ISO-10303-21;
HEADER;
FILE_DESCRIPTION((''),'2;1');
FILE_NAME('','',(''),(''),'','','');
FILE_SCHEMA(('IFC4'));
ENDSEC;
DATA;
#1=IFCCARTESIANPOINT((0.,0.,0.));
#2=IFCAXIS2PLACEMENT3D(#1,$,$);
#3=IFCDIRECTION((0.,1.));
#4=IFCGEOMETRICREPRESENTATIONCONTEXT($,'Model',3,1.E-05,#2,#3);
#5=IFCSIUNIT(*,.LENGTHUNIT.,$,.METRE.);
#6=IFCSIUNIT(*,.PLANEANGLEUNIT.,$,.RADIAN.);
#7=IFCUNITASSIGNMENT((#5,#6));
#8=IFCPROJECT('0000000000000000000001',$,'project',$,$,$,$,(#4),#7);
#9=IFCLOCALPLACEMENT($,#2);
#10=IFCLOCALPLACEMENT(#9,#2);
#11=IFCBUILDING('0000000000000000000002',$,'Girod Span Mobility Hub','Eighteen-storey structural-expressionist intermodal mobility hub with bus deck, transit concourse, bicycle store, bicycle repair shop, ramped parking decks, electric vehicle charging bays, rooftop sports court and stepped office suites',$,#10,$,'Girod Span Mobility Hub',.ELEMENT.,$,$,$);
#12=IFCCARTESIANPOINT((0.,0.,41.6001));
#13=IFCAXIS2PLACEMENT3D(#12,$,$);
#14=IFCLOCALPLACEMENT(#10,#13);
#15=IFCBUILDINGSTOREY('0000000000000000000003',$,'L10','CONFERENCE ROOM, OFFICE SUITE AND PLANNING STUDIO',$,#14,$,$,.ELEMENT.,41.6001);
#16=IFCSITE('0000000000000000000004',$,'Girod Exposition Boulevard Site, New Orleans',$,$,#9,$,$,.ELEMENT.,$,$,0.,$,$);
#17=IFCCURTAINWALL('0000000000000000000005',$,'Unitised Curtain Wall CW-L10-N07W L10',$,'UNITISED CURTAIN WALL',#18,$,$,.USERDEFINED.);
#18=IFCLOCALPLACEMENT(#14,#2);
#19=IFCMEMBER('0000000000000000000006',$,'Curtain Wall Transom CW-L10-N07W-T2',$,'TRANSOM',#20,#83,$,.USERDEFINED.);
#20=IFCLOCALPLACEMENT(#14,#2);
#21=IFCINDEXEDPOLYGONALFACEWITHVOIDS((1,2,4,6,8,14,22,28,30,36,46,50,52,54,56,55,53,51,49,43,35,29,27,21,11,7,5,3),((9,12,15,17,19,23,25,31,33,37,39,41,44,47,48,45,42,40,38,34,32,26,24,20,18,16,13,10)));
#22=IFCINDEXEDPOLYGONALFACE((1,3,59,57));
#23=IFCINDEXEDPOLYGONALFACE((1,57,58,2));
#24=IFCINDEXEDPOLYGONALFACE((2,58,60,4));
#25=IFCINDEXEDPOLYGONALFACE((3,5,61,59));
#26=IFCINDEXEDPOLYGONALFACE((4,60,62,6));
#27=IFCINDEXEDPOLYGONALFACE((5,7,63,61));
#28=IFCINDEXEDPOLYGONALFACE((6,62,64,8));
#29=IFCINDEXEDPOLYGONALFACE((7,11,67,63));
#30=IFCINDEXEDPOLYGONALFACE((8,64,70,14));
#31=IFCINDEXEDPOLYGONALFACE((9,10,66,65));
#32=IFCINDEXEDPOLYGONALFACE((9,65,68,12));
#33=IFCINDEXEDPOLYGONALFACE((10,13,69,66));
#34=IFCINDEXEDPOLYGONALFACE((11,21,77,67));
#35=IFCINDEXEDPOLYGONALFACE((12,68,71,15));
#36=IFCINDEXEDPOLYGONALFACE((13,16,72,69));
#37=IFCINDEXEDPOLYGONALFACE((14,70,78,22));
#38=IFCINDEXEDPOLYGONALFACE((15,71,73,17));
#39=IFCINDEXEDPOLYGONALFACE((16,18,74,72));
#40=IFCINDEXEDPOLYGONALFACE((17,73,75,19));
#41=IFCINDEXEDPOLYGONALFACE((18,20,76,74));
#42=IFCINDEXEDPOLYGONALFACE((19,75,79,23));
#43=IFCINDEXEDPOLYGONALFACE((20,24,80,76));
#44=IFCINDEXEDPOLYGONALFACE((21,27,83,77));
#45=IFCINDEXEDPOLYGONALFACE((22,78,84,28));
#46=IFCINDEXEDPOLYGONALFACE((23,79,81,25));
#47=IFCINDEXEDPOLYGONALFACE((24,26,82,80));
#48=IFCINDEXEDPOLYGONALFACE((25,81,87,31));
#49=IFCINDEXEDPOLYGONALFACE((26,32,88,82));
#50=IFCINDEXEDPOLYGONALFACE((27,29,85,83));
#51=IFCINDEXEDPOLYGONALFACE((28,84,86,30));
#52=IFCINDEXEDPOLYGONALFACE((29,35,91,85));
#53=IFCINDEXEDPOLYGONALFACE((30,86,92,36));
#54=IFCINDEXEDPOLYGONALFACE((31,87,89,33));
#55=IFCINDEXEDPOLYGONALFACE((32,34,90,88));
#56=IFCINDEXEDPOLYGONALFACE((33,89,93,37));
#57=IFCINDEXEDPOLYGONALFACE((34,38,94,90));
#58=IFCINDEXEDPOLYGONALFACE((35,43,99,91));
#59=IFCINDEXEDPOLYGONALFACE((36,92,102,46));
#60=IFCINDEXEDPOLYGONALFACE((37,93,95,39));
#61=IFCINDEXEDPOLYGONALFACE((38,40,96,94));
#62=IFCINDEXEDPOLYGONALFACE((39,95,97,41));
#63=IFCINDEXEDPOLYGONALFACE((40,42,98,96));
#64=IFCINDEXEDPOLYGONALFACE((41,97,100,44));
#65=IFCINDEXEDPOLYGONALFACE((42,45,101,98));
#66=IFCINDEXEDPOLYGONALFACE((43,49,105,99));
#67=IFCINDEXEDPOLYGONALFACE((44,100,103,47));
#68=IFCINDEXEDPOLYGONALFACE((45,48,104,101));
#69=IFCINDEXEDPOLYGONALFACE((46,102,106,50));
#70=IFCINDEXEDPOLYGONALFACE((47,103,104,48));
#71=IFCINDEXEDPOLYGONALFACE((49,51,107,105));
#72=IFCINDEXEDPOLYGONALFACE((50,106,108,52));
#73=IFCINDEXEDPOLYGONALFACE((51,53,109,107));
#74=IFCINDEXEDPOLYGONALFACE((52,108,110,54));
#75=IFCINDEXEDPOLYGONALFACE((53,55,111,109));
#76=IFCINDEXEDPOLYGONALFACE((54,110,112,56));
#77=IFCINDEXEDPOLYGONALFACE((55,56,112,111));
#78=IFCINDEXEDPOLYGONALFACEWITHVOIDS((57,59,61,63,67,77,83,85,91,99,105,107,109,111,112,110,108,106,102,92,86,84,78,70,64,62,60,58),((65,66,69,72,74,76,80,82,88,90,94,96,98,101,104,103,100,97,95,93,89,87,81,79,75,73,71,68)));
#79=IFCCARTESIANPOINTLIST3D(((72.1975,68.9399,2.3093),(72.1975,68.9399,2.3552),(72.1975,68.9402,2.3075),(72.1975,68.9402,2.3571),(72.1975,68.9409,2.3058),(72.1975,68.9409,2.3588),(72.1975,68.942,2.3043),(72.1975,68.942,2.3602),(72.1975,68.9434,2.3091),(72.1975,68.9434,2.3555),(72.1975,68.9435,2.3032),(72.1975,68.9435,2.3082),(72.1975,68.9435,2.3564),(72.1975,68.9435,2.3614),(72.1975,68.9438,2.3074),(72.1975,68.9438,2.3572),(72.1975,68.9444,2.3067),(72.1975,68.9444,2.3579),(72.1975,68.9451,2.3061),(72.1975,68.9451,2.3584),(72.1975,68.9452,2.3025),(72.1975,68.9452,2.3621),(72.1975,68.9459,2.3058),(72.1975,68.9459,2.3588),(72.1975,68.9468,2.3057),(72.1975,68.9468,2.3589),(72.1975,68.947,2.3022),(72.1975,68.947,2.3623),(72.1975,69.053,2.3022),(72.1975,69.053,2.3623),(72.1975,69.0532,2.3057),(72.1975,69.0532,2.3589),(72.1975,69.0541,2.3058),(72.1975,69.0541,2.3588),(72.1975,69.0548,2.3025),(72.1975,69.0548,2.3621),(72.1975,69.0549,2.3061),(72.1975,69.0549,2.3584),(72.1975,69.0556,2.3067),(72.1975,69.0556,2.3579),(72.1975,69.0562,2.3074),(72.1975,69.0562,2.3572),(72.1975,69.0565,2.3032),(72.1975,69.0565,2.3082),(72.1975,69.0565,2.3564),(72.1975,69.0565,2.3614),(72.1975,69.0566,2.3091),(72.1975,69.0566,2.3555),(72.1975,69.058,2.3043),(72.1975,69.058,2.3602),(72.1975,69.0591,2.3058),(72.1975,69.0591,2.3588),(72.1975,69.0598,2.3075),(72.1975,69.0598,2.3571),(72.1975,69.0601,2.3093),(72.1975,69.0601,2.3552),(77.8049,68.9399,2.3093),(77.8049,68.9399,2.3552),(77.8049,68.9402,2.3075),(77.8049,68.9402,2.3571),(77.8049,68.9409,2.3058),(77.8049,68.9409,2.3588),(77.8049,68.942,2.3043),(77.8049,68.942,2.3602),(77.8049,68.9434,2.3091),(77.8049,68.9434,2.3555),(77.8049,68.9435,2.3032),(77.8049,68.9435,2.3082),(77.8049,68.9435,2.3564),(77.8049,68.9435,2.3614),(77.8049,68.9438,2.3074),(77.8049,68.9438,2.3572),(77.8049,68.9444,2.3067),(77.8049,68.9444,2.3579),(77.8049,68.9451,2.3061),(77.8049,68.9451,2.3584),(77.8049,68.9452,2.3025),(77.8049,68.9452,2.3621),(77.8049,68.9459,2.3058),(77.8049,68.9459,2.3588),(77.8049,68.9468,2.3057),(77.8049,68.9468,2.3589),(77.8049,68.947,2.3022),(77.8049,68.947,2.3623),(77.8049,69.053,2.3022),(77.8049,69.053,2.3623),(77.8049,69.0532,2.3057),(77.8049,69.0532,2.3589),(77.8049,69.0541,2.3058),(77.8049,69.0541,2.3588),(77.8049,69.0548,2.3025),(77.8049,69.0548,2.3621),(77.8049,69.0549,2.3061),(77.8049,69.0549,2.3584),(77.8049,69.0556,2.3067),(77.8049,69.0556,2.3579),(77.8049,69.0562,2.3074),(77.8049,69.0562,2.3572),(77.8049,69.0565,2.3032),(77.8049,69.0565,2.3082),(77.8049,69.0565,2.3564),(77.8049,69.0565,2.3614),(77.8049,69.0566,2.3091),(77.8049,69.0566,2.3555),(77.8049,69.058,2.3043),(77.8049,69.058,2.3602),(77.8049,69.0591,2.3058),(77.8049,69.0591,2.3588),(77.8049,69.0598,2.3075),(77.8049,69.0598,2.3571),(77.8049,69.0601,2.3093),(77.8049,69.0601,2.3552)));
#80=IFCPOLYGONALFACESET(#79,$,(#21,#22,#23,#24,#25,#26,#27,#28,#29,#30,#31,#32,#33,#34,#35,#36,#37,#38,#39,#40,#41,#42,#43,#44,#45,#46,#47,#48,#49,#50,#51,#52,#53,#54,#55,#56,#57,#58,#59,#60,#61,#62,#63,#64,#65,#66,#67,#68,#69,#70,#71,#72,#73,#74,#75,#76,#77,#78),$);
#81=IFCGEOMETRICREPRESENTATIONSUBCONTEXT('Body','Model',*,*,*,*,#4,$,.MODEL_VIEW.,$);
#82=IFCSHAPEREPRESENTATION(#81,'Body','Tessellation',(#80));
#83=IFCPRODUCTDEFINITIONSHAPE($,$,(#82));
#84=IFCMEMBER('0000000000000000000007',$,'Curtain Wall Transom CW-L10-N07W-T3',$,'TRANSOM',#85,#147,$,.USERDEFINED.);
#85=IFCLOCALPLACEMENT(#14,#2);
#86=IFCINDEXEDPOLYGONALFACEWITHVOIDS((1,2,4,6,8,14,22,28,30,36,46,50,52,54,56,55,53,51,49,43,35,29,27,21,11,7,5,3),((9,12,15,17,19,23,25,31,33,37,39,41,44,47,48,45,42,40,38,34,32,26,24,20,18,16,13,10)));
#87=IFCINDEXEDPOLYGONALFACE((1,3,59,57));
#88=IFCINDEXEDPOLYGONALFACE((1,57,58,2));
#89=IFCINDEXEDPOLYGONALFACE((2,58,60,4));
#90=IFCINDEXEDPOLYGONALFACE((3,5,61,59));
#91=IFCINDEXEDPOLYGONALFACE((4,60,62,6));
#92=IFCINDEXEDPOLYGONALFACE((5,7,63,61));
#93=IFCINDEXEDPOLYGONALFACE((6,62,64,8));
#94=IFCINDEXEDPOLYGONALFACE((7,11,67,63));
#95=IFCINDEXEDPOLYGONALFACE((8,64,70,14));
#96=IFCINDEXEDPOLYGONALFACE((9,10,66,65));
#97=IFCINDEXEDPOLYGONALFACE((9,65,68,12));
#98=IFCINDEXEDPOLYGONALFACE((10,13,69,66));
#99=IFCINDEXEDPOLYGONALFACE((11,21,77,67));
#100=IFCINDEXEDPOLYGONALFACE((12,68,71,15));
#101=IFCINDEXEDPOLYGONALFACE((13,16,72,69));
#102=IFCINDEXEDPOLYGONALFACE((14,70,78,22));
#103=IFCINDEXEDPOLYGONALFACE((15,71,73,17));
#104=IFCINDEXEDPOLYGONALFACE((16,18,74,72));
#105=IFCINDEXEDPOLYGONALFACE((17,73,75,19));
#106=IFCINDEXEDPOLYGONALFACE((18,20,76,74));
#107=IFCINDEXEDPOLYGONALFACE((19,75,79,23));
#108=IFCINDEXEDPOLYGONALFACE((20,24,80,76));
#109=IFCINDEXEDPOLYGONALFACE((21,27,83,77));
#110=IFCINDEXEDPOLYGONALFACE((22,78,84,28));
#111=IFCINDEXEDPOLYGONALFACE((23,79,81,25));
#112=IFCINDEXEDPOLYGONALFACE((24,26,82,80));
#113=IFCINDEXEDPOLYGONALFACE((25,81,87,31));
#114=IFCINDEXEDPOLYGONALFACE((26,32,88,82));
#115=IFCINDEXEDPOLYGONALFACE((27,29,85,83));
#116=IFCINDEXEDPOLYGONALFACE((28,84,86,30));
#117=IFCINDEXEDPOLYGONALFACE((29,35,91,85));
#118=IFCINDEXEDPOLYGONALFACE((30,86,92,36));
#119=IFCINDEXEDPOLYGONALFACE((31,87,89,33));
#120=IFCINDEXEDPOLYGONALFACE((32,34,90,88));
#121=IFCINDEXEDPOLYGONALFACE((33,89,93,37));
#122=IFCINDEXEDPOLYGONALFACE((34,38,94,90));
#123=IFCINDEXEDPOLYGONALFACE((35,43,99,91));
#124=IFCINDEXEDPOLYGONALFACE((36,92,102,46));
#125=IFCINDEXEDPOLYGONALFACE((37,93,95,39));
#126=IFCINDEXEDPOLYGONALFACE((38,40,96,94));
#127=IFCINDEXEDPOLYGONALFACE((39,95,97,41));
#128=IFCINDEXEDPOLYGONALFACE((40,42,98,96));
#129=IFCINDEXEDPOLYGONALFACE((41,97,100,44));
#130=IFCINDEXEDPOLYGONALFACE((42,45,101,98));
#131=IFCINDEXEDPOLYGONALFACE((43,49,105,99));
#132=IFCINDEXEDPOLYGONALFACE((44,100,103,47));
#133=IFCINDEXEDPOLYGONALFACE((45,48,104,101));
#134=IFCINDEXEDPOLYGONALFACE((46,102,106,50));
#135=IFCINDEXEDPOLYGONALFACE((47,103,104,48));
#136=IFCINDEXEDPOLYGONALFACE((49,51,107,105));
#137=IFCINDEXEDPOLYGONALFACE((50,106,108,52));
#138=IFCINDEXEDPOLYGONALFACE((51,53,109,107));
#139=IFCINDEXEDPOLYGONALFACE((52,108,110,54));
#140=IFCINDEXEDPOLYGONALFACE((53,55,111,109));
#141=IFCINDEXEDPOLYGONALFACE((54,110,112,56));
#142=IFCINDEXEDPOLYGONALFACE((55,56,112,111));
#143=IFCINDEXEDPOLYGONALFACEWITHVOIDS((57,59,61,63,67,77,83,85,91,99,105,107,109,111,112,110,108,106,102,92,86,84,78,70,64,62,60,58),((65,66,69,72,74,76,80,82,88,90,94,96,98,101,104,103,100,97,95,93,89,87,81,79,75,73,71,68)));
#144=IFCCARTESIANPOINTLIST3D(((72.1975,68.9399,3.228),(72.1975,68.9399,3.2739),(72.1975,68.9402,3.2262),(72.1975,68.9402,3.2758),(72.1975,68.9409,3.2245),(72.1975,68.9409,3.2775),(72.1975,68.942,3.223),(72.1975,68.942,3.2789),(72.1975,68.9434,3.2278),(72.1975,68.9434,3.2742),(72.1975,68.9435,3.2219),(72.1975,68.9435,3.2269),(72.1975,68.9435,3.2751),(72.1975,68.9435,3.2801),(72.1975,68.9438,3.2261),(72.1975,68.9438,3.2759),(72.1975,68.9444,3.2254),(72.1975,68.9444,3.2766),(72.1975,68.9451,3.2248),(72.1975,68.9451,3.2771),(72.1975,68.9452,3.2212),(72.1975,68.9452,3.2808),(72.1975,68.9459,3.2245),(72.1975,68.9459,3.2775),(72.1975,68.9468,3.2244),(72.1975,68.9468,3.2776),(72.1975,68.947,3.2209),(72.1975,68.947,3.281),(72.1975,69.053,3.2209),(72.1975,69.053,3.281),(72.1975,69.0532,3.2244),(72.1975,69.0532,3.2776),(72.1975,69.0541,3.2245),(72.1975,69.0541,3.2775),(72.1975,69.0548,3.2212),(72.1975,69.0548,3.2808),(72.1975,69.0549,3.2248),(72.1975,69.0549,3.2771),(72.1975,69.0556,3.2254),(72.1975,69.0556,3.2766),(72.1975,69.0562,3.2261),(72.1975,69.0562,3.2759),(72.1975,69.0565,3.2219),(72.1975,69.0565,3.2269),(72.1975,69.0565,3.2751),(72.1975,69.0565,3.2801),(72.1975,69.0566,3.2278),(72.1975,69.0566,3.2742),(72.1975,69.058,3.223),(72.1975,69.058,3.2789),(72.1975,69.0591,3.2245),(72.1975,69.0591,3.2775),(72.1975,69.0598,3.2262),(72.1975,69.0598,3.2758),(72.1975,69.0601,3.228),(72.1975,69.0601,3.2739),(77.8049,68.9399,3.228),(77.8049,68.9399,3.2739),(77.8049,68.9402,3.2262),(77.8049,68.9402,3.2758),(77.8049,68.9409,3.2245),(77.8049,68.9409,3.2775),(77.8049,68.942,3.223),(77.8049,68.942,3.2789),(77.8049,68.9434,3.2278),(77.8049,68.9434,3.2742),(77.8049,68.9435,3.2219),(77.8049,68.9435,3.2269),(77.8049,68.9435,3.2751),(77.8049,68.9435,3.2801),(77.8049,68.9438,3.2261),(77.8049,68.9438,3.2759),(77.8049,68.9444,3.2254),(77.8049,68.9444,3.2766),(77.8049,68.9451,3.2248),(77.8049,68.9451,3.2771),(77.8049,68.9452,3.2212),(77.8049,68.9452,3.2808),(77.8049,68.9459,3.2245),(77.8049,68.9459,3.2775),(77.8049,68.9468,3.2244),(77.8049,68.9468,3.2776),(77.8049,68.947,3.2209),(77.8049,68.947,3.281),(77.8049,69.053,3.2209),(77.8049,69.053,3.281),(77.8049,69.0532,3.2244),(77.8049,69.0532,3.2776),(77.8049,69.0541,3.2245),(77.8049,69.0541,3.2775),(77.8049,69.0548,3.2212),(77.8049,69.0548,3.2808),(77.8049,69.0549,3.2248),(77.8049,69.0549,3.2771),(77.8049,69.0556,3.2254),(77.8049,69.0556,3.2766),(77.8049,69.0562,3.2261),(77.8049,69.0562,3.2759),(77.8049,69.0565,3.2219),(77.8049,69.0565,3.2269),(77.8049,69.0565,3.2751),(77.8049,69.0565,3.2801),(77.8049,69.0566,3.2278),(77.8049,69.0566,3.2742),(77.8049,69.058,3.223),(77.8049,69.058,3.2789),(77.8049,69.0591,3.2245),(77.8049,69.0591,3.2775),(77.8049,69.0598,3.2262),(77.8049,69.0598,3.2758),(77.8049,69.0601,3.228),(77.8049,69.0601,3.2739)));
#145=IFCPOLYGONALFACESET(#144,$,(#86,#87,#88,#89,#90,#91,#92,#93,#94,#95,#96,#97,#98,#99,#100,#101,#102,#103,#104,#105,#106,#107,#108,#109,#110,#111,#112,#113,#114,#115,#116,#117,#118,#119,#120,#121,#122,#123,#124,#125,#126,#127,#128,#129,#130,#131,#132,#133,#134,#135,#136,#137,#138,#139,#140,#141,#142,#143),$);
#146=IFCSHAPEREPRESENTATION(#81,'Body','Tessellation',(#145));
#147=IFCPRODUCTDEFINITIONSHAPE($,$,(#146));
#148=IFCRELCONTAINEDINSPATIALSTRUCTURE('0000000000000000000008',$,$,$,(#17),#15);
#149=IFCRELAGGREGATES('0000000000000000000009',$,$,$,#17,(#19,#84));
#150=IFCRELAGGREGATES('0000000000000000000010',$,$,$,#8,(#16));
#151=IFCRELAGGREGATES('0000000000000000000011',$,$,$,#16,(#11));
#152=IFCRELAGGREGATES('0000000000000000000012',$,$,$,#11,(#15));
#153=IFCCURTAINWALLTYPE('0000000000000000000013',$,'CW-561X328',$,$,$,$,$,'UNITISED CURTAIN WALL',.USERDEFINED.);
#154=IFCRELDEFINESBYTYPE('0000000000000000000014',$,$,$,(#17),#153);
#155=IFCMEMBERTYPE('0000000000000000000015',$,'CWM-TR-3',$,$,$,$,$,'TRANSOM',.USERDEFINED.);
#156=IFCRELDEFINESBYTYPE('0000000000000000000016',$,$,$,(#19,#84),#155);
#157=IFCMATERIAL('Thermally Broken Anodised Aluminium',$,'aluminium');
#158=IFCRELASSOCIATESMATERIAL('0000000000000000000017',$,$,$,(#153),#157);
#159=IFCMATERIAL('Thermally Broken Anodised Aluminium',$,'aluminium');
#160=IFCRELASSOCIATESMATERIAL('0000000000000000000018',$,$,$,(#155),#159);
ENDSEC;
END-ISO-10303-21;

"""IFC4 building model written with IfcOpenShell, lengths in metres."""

from ifc_helpers import new_model, si_unit, direction, frame, origin, origin_2d, place, context, subcontext, project, spatial, hollow_rectangle, extrude, material, material_profile, profile_set, type_object, element, aggregate, save


model = new_model("IFC4")

# Units and contexts
model_context = context("Model", 3, precision=1e-05, world=origin(), true_north=direction((0.0, 1.0)))
body_context = subcontext(model_context, "Body", "Model", "MODEL_VIEW")
ifc_project = project(units=[si_unit("LENGTHUNIT", "METRE"), si_unit("PLANEANGLEUNIT", "RADIAN")], contexts=[model_context])

# Site, building, storey
site_placement = place(None, origin())
site = spatial("IfcSite", under=ifc_project, at=site_placement, Name="Girod Exposition Boulevard Site, New Orleans", CompositionType="ELEMENT", RefElevation=0.0)
building_placement = place(site_placement, origin())
building = spatial("IfcBuilding", under=site, at=building_placement, Name="Girod Span Mobility Hub", Description="Eighteen-storey structural-expressionist intermodal mobility hub with bus deck, transit concourse, bicycle store, bicycle repair shop, ramped parking decks, electric vehicle charging bays, rooftop sports court and stepped office suites", LongName="Girod Span Mobility Hub", CompositionType="ELEMENT")
storey_placement = place(building_placement, frame((0.0, 0.0, 41.6001)))
storey = spatial("IfcBuildingStorey", under=building, at=storey_placement, Name="L10", Description="CONFERENCE ROOM, OFFICE SUITE AND PLANNING STUDIO", CompositionType="ELEMENT", Elevation=41.6001)

# Shared definitions
ifc_material_1 = material(Name="Thermally Broken Anodised Aluminium", Category="aluminium")
curtain_wall_type = type_object("IfcCurtainWallType", Name="CW-561X328", ElementType="UNITISED CURTAIN WALL", PredefinedType="USERDEFINED", material=ifc_material_1)

# Curtain wall
curtain_wall_1_placement = place(storey_placement, origin())
curtain_wall_1 = element("IfcCurtainWall", 1, at=curtain_wall_1_placement, inside=storey, type_object=curtain_wall_type, Name="Unitised Curtain Wall CW-L10-N07W L10", ObjectType="UNITISED CURTAIN WALL", PredefinedType="USERDEFINED")

# Members
ifc_material_2 = material(Name="Thermally Broken Anodised Aluminium", Category="aluminium")
ifc_material_profile_1 = material_profile(ifc_material_2, hollow_rectangle(XDim=0.1201, YDim=0.0601, WallThickness=0.0034, InnerFilletRadius=0.0034, OuterFilletRadius=0.0071, at=origin_2d()), Name="CW-TR-60X120")
ifc_profile_set_1 = profile_set([ifc_material_profile_1], Name="Thermally Broken Anodised Aluminium")
member_type_1 = type_object("IfcMemberType", Name="CWM-TR-3", ElementType="TRANSOM", PredefinedType="USERDEFINED", material=ifc_profile_set_1)
member_1_placement = place(storey_placement, frame((72.1975, 69.0, 2.3323), z_axis=(1.0, 0.0, 0.0), x_axis=(0.0, 1.0, 0.0)))
member_1 = element("IfcMember", 2, at=member_1_placement, type_object=member_type_1, Name="Curtain Wall Transom CW-L10-N07W-T2", ObjectType="TRANSOM", PredefinedType="USERDEFINED", context=body_context, shape_type="SweptSolid", body=[
    extrude(hollow_rectangle(XDim=0.1201, YDim=0.0601, WallThickness=0.0034, InnerFilletRadius=0.0034, OuterFilletRadius=0.0071, at=origin_2d()), origin(), (0.0, 0.0, 1.0), 5.6074),
])
member_2_placement = place(storey_placement, frame((72.1975, 69.0, 3.251), z_axis=(1.0, 0.0, 0.0), x_axis=(0.0, 1.0, 0.0)))
member_2 = element("IfcMember", 3, at=member_2_placement, type_object=member_type_1, Name="Curtain Wall Transom CW-L10-N07W-T3", ObjectType="TRANSOM", PredefinedType="USERDEFINED", context=body_context, shape_type="SweptSolid", body=[
    extrude(hollow_rectangle(XDim=0.1201, YDim=0.0601, WallThickness=0.0034, InnerFilletRadius=0.0034, OuterFilletRadius=0.0071, at=origin_2d()), origin(), (0.0, 0.0, 1.0), 5.6074),
])

aggregate(curtain_wall_1, [member_1, member_2])

save(model, "model.ifc")
